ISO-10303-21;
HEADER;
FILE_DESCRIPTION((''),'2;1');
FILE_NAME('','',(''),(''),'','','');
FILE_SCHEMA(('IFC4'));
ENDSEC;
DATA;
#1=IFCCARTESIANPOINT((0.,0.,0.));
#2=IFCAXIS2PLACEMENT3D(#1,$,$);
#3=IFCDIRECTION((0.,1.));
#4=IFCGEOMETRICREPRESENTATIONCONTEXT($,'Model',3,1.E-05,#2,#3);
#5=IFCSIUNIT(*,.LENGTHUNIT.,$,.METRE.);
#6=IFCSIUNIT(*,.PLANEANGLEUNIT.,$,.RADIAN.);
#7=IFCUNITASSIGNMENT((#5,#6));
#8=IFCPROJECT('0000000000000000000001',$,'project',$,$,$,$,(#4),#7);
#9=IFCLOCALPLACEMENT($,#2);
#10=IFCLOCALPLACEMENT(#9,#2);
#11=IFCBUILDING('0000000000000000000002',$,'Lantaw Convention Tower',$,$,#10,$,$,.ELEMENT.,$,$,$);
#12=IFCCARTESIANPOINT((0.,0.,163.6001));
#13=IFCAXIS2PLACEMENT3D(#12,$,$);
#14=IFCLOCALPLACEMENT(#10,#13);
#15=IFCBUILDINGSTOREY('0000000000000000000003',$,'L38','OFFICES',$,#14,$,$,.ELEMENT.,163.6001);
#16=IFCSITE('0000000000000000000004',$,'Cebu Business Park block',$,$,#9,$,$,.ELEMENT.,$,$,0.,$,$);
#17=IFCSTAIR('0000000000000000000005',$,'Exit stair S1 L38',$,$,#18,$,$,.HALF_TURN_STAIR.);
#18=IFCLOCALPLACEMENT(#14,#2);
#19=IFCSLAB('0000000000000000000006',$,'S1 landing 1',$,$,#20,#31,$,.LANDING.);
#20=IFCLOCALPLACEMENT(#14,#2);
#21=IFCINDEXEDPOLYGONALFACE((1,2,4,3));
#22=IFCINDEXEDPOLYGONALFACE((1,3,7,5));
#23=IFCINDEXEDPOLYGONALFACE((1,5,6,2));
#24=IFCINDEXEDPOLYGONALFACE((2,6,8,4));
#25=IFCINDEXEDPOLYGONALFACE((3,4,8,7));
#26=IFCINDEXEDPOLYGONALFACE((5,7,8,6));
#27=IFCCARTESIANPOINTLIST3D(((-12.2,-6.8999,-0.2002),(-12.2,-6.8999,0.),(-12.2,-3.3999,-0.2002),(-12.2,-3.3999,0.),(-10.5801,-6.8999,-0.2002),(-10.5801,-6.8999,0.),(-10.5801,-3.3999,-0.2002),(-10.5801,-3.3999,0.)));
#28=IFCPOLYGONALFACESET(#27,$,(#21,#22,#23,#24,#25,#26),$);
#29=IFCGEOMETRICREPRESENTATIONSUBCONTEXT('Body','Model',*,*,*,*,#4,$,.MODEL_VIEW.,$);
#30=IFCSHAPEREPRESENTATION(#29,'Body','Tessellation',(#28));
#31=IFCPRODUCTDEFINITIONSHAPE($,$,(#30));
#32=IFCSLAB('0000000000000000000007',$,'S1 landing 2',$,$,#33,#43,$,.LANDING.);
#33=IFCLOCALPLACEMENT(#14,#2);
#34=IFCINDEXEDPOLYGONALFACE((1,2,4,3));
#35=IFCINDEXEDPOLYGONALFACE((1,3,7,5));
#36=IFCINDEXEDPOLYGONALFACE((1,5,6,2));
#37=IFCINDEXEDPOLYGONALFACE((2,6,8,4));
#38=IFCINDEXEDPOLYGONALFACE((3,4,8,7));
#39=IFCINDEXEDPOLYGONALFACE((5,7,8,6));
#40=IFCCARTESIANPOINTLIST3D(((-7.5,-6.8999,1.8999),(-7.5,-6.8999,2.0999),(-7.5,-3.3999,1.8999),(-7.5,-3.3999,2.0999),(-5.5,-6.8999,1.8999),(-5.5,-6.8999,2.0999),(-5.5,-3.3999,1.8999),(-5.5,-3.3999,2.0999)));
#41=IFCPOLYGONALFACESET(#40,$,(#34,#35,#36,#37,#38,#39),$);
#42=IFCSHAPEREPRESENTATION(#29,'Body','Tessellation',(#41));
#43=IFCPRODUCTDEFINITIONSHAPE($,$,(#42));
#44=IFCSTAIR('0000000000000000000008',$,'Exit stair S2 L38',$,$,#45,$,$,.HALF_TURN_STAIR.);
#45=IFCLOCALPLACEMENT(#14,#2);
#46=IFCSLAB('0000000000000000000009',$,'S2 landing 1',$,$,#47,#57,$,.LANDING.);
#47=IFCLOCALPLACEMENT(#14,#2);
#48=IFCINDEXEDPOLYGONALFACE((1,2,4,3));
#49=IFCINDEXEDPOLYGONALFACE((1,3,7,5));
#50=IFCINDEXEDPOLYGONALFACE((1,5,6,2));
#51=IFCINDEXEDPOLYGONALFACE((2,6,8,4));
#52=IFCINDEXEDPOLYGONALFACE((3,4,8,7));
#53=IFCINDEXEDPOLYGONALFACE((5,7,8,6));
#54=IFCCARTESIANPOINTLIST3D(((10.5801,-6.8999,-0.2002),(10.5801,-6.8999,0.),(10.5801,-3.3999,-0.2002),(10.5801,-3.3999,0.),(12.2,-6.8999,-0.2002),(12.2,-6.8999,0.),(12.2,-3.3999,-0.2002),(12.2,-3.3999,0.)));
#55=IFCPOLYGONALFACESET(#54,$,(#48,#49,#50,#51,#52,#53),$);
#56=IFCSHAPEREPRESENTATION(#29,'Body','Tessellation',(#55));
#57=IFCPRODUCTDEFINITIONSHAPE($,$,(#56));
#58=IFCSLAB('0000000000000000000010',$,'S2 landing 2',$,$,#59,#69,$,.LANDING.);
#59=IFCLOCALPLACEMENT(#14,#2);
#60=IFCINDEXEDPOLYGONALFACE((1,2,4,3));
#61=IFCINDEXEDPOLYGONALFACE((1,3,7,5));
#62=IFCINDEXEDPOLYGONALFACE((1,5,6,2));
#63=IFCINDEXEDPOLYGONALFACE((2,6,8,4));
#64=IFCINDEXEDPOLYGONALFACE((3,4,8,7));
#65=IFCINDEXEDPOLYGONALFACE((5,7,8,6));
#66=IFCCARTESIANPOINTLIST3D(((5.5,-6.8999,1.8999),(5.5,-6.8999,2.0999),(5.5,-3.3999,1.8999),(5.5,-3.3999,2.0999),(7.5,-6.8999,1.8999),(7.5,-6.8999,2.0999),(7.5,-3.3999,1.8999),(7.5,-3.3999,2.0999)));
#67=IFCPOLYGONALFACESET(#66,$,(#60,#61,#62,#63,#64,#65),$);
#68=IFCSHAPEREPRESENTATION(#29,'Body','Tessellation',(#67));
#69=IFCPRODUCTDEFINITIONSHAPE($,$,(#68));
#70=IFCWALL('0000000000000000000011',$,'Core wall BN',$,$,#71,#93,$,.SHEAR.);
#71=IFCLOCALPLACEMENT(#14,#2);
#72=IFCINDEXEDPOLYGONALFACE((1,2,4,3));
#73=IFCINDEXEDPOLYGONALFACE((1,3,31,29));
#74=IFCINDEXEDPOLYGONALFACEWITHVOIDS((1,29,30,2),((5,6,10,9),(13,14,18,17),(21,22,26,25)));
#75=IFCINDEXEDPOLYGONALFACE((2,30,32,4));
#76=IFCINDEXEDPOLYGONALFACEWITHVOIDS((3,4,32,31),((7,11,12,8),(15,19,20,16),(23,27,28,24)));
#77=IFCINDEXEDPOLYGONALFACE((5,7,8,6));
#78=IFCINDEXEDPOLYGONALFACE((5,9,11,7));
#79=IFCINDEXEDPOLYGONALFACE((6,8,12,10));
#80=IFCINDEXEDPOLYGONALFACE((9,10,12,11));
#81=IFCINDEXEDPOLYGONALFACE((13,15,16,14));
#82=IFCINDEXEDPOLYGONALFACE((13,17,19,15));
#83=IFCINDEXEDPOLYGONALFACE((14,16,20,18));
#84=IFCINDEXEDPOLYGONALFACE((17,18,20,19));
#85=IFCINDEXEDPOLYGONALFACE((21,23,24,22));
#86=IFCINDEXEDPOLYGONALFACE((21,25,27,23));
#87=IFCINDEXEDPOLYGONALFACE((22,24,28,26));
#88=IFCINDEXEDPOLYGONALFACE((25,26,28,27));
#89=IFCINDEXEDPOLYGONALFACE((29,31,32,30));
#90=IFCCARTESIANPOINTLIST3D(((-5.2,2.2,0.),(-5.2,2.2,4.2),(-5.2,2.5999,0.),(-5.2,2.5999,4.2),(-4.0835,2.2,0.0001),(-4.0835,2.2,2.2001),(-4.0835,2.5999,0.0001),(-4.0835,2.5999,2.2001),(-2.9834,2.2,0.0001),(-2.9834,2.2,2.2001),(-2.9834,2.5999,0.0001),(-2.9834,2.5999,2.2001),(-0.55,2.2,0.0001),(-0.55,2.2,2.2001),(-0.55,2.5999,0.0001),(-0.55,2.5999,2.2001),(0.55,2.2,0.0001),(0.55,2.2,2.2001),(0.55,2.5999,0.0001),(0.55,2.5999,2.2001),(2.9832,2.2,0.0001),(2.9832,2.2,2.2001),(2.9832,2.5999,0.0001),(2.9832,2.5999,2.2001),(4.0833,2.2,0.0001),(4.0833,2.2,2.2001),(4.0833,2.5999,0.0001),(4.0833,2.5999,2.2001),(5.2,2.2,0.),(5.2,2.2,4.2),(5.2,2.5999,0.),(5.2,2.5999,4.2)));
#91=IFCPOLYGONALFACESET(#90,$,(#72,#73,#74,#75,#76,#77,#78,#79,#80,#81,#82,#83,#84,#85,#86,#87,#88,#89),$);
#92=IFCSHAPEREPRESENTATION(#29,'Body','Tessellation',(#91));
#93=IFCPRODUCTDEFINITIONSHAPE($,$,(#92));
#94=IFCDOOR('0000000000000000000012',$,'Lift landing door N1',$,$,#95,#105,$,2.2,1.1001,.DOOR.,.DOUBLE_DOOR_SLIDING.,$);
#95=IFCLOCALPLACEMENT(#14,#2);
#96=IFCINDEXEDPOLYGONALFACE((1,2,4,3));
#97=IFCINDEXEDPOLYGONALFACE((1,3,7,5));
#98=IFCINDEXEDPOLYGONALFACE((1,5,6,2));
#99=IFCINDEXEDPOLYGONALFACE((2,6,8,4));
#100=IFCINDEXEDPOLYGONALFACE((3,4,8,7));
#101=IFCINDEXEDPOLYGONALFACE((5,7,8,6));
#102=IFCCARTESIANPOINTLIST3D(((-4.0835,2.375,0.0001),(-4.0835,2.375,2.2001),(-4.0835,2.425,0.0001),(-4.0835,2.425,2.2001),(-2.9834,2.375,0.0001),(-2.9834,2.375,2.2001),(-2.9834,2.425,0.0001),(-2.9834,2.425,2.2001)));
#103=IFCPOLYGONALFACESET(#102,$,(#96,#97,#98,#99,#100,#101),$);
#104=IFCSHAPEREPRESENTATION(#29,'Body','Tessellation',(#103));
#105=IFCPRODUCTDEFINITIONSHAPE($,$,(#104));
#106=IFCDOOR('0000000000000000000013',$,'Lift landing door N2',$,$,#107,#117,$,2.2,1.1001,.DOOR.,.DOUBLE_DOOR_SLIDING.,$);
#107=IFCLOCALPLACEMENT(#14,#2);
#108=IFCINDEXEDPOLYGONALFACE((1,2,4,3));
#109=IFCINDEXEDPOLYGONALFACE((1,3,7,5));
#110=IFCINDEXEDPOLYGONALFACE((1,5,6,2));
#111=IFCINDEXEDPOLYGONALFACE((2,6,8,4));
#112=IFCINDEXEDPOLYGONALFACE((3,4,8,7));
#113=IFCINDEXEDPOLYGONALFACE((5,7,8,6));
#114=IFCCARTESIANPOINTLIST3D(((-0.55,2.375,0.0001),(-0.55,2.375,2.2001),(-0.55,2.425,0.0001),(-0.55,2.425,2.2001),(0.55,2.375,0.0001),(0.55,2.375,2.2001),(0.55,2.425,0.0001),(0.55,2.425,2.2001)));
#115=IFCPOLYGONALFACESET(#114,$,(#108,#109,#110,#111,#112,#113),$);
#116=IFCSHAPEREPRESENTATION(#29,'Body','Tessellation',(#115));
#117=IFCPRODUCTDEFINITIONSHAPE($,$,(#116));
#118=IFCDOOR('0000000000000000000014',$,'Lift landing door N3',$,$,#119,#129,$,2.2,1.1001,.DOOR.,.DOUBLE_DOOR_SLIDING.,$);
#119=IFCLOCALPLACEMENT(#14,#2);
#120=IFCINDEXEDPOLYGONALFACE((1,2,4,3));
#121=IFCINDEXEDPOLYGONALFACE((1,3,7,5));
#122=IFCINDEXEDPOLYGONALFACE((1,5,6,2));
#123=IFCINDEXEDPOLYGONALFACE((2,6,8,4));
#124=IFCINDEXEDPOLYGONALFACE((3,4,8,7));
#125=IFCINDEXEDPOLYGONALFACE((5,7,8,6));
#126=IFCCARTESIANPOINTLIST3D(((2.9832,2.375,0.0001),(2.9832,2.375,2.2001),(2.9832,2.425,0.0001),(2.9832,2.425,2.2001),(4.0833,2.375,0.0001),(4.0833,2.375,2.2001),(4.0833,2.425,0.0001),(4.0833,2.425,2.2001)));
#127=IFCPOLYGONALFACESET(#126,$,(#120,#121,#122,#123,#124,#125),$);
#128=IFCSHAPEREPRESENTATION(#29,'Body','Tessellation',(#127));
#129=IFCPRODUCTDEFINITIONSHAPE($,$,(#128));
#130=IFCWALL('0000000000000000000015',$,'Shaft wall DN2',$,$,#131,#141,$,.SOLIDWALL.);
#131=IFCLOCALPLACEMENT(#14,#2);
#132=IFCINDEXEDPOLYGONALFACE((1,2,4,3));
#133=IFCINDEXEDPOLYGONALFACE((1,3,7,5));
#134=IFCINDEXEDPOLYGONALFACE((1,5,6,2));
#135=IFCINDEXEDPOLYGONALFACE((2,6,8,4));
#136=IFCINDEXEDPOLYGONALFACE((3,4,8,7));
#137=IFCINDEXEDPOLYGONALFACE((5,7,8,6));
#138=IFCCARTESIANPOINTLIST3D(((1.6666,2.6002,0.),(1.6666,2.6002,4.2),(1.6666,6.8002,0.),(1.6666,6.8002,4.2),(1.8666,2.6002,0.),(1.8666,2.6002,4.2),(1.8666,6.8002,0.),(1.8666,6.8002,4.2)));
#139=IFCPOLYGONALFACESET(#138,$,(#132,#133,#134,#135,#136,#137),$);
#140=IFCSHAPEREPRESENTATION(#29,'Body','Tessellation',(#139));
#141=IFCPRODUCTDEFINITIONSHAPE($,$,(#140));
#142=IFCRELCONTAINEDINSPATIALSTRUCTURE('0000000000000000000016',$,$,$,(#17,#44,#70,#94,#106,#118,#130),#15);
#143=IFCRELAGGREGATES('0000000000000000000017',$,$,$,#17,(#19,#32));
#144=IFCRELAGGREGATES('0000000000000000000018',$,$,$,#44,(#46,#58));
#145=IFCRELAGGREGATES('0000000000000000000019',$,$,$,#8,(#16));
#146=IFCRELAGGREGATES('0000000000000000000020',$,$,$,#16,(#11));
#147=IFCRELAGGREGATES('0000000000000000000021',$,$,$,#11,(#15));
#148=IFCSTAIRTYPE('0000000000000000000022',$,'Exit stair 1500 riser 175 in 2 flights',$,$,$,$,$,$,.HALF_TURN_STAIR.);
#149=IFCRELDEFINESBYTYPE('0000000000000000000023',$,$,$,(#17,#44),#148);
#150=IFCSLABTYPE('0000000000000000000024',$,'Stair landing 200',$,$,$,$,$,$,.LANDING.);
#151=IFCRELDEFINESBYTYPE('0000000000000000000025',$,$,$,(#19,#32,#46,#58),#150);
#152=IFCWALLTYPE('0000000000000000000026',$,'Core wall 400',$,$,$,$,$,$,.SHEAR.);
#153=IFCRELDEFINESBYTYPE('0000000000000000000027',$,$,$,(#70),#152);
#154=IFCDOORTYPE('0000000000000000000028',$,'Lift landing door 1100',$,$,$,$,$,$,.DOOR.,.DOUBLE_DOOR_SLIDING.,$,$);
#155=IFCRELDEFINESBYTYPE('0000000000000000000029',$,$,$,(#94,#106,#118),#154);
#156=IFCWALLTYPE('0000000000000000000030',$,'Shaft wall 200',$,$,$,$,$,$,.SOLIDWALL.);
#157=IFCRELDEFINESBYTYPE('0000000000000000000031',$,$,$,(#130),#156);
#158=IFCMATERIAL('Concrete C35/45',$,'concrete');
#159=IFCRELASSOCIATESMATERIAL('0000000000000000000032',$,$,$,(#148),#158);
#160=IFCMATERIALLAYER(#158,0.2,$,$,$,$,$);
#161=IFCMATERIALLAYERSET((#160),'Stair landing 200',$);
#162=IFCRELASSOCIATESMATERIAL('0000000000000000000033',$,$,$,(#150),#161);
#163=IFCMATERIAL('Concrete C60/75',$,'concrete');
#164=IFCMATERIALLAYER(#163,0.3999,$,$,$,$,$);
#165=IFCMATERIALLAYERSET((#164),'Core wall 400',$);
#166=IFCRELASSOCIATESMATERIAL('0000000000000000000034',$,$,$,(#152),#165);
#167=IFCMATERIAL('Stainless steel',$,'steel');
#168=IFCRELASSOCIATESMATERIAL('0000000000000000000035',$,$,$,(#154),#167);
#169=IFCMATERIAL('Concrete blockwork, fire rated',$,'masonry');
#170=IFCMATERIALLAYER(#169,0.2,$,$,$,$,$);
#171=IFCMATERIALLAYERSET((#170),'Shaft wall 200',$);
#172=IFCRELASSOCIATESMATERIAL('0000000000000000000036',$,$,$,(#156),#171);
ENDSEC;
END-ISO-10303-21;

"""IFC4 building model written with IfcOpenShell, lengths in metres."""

from ifc_helpers import new_model, si_unit, direction, frame, frame_2d, origin, place, context, subcontext, project, spatial, polyline, rectangle, outline, extrude, material, layer, layer_set, type_object, element, fill, aggregate, save


model = new_model("IFC4")

# Units and contexts
model_context = context("Model", 3, precision=1e-05, world=origin(), true_north=direction((0.0, 1.0)))
body_context = subcontext(model_context, "Body", "Model", "MODEL_VIEW")
ifc_project = project(units=[si_unit("LENGTHUNIT", "METRE"), si_unit("PLANEANGLEUNIT", "RADIAN")], contexts=[model_context])

# Site, building, storey
site_placement = place(None, origin())
site = spatial("IfcSite", under=ifc_project, at=site_placement, Name="Cebu Business Park block", CompositionType="ELEMENT", RefElevation=0.0)
building_placement = place(site_placement, origin())
building = spatial("IfcBuilding", under=site, at=building_placement, Name="Lantaw Convention Tower", CompositionType="ELEMENT")
storey_placement = place(building_placement, frame((0.0, 0.0, 163.6001)))
storey = spatial("IfcBuildingStorey", under=building, at=storey_placement, Name="L38", Description="OFFICES", CompositionType="ELEMENT", Elevation=163.6001)

# Stairs, slabs
ifc_material_1 = material(Name="Concrete C35/45", Category="concrete")
stair_type = type_object("IfcStairType", Name="Exit stair 1500 riser 175 in 2 flights", PredefinedType="HALF_TURN_STAIR", material=ifc_material_1)
stair_1_placement = place(storey_placement, origin())
stair_1 = element("IfcStair", 1, at=stair_1_placement, inside=storey, type_object=stair_type, Name="Exit stair S1 L38", PredefinedType="HALF_TURN_STAIR")
ifc_layer_1 = layer(ifc_material_1, 0.2)
ifc_layer_set_1 = layer_set([ifc_layer_1], Name="Stair landing 200")
slab_type = type_object("IfcSlabType", Name="Stair landing 200", PredefinedType="LANDING", material=ifc_layer_set_1)
slab_1_placement = place(storey_placement, frame((0.0, 0.0, -0.2002)))
slab_1 = element("IfcSlab", 2, at=slab_1_placement, type_object=slab_type, Name="S1 landing 1", PredefinedType="LANDING", context=body_context, shape_type="SweptSolid", body=[
    extrude(outline(polyline([(-12.2, -6.8999), (-10.5801, -6.8999), (-10.5801, -3.3999), (-12.2, -3.3999), (-12.2, -6.8999)])), origin(), (0.0, 0.0, 1.0), 0.2002),
])
slab_2_placement = place(storey_placement, frame((0.0, 0.0, 1.8999)))
slab_2 = element("IfcSlab", 3, at=slab_2_placement, type_object=slab_type, Name="S1 landing 2", PredefinedType="LANDING", context=body_context, shape_type="SweptSolid", body=[
    extrude(outline(polyline([(-7.5, -6.8999), (-5.5, -6.8999), (-5.5, -3.3999), (-7.5, -3.3999), (-7.5, -6.8999)])), origin(), (0.0, 0.0, 1.0), 0.2),
])
aggregate(stair_1, [slab_1, slab_2])
stair_2_placement = place(storey_placement, origin())
stair_2 = element("IfcStair", 4, at=stair_2_placement, inside=storey, type_object=stair_type, Name="Exit stair S2 L38", PredefinedType="HALF_TURN_STAIR")
slab_3_placement = place(storey_placement, frame((0.0, 0.0, -0.2002)))
slab_3 = element("IfcSlab", 5, at=slab_3_placement, type_object=slab_type, Name="S2 landing 1", PredefinedType="LANDING", context=body_context, shape_type="SweptSolid", body=[
    extrude(outline(polyline([(10.5801, -6.8999), (12.2, -6.8999), (12.2, -3.3999), (10.5801, -3.3999), (10.5801, -6.8999)])), origin(), (0.0, 0.0, 1.0), 0.2002),
])
slab_4_placement = place(storey_placement, frame((0.0, 0.0, 1.8999)))
slab_4 = element("IfcSlab", 6, at=slab_4_placement, type_object=slab_type, Name="S2 landing 2", PredefinedType="LANDING", context=body_context, shape_type="SweptSolid", body=[
    extrude(outline(polyline([(5.5, -6.8999), (7.5, -6.8999), (7.5, -3.3999), (5.5, -3.3999), (5.5, -6.8999)])), origin(), (0.0, 0.0, 1.0), 0.2),
])
aggregate(stair_2, [slab_3, slab_4])

# Wall, openings, doors
ifc_material_2 = material(Name="Concrete C60/75", Category="concrete")
ifc_layer_2 = layer(ifc_material_2, 0.3999)
ifc_layer_set_2 = layer_set([ifc_layer_2], Name="Core wall 400")
wall_type_1 = type_object("IfcWallType", Name="Core wall 400", PredefinedType="SHEAR", material=ifc_layer_set_2)
wall_1_placement = place(storey_placement, frame((5.2, 2.3999, 0.0), z_axis=(0.0, 0.0, 1.0), x_axis=(-1.0, 0.0, 0.0)))
wall_1 = element("IfcWall", 7, at=wall_1_placement, inside=storey, type_object=wall_type_1, Name="Core wall BN", PredefinedType="SHEAR", context=body_context, shape_type="SweptSolid", body=[
    extrude(rectangle(XDim=10.3999, YDim=0.3999, at=frame_2d((5.2, 0.0))), origin(), (0.0, 0.0, 1.0), 4.2),
])
opening_1_placement = place(wall_1_placement, frame((8.1833, 0.0, 0.0)))
opening_1 = element("IfcOpeningElement", 8, at=opening_1_placement, cuts=wall_1, PredefinedType="OPENING", context=body_context, shape_type="SweptSolid", body=[
    extrude(rectangle(XDim=1.1001, YDim=2.2, at=frame_2d((0.55, 1.1001))), frame((0.0, 0.21, 0.0), z_axis=(0.0, -1.0, 0.0), x_axis=(1.0, 0.0, 0.0)), (0.0, 0.0, 1.0), 0.4199),
])
opening_2_placement = place(wall_1_placement, frame((4.6499, 0.0, 0.0)))
opening_2 = element("IfcOpeningElement", 9, at=opening_2_placement, cuts=wall_1, PredefinedType="OPENING", context=body_context, shape_type="SweptSolid", body=[
    extrude(rectangle(XDim=1.1001, YDim=2.2, at=frame_2d((0.55, 1.1001))), frame((0.0, 0.21, 0.0), z_axis=(0.0, -1.0, 0.0), x_axis=(1.0, 0.0, 0.0)), (0.0, 0.0, 1.0), 0.4199),
])
opening_3_placement = place(wall_1_placement, frame((1.1167, 0.0, 0.0)))
opening_3 = element("IfcOpeningElement", 10, at=opening_3_placement, cuts=wall_1, PredefinedType="OPENING", context=body_context, shape_type="SweptSolid", body=[
    extrude(rectangle(XDim=1.1001, YDim=2.2, at=frame_2d((0.55, 1.1001))), frame((0.0, 0.21, 0.0), z_axis=(0.0, -1.0, 0.0), x_axis=(1.0, 0.0, 0.0)), (0.0, 0.0, 1.0), 0.4199),
])
ifc_material_3 = material(Name="Stainless steel", Category="steel")
door_type_1 = type_object("IfcDoorType", Name="Lift landing door 1100", OperationType="DOUBLE_DOOR_SLIDING", PredefinedType="DOOR", material=ifc_material_3)
door_1_placement = place(opening_1_placement, origin())
door_1 = element("IfcDoor", 11, at=door_1_placement, inside=storey, type_object=door_type_1, Name="Lift landing door N1", OperationType="DOUBLE_DOOR_SLIDING", OverallHeight=2.2, OverallWidth=1.1001, PredefinedType="DOOR", context=body_context, shape_type="SweptSolid", body=[
    extrude(rectangle(XDim=1.1001, YDim=2.2, at=frame_2d((0.55, 1.1001))), frame((0.0, 0.0249, 0.0), z_axis=(0.0, -1.0, 0.0), x_axis=(1.0, 0.0, 0.0)), (0.0, 0.0, 1.0), 0.05),
])
fill(opening_1, door_1)
door_2_placement = place(opening_2_placement, origin())
door_2 = element("IfcDoor", 12, at=door_2_placement, inside=storey, type_object=door_type_1, Name="Lift landing door N2", OperationType="DOUBLE_DOOR_SLIDING", OverallHeight=2.2, OverallWidth=1.1001, PredefinedType="DOOR", context=body_context, shape_type="SweptSolid", body=[
    extrude(rectangle(XDim=1.1001, YDim=2.2, at=frame_2d((0.55, 1.1001))), frame((0.0, 0.0249, 0.0), z_axis=(0.0, -1.0, 0.0), x_axis=(1.0, 0.0, 0.0)), (0.0, 0.0, 1.0), 0.05),
])
fill(opening_2, door_2)
door_3_placement = place(opening_3_placement, origin())
door_3 = element("IfcDoor", 13, at=door_3_placement, inside=storey, type_object=door_type_1, Name="Lift landing door N3", OperationType="DOUBLE_DOOR_SLIDING", OverallHeight=2.2, OverallWidth=1.1001, PredefinedType="DOOR", context=body_context, shape_type="SweptSolid", body=[
    extrude(rectangle(XDim=1.1001, YDim=2.2, at=frame_2d((0.55, 1.1001))), frame((0.0, 0.0249, 0.0), z_axis=(0.0, -1.0, 0.0), x_axis=(1.0, 0.0, 0.0)), (0.0, 0.0, 1.0), 0.05),
])
fill(opening_3, door_3)

# Wall
ifc_material_4 = material(Name="Concrete blockwork, fire rated", Category="masonry")
ifc_layer_3 = layer(ifc_material_4, 0.2)
ifc_layer_set_3 = layer_set([ifc_layer_3], Name="Shaft wall 200")
wall_type_2 = type_object("IfcWallType", Name="Shaft wall 200", PredefinedType="SOLIDWALL", material=ifc_layer_set_3)
wall_2_placement = place(storey_placement, frame((1.7666, 2.6001, 0.0), z_axis=(0.0, 0.0, 1.0), x_axis=(0.0, 1.0, 0.0)))
element("IfcWall", 14, at=wall_2_placement, inside=storey, type_object=wall_type_2, Name="Shaft wall DN2", PredefinedType="SOLIDWALL", context=body_context, shape_type="SweptSolid", body=[
    extrude(rectangle(XDim=4.2, YDim=0.2, at=frame_2d((2.1001, 0.0))), origin(), (0.0, 0.0, 1.0), 4.2),
])

save(model, "model.ifc")
